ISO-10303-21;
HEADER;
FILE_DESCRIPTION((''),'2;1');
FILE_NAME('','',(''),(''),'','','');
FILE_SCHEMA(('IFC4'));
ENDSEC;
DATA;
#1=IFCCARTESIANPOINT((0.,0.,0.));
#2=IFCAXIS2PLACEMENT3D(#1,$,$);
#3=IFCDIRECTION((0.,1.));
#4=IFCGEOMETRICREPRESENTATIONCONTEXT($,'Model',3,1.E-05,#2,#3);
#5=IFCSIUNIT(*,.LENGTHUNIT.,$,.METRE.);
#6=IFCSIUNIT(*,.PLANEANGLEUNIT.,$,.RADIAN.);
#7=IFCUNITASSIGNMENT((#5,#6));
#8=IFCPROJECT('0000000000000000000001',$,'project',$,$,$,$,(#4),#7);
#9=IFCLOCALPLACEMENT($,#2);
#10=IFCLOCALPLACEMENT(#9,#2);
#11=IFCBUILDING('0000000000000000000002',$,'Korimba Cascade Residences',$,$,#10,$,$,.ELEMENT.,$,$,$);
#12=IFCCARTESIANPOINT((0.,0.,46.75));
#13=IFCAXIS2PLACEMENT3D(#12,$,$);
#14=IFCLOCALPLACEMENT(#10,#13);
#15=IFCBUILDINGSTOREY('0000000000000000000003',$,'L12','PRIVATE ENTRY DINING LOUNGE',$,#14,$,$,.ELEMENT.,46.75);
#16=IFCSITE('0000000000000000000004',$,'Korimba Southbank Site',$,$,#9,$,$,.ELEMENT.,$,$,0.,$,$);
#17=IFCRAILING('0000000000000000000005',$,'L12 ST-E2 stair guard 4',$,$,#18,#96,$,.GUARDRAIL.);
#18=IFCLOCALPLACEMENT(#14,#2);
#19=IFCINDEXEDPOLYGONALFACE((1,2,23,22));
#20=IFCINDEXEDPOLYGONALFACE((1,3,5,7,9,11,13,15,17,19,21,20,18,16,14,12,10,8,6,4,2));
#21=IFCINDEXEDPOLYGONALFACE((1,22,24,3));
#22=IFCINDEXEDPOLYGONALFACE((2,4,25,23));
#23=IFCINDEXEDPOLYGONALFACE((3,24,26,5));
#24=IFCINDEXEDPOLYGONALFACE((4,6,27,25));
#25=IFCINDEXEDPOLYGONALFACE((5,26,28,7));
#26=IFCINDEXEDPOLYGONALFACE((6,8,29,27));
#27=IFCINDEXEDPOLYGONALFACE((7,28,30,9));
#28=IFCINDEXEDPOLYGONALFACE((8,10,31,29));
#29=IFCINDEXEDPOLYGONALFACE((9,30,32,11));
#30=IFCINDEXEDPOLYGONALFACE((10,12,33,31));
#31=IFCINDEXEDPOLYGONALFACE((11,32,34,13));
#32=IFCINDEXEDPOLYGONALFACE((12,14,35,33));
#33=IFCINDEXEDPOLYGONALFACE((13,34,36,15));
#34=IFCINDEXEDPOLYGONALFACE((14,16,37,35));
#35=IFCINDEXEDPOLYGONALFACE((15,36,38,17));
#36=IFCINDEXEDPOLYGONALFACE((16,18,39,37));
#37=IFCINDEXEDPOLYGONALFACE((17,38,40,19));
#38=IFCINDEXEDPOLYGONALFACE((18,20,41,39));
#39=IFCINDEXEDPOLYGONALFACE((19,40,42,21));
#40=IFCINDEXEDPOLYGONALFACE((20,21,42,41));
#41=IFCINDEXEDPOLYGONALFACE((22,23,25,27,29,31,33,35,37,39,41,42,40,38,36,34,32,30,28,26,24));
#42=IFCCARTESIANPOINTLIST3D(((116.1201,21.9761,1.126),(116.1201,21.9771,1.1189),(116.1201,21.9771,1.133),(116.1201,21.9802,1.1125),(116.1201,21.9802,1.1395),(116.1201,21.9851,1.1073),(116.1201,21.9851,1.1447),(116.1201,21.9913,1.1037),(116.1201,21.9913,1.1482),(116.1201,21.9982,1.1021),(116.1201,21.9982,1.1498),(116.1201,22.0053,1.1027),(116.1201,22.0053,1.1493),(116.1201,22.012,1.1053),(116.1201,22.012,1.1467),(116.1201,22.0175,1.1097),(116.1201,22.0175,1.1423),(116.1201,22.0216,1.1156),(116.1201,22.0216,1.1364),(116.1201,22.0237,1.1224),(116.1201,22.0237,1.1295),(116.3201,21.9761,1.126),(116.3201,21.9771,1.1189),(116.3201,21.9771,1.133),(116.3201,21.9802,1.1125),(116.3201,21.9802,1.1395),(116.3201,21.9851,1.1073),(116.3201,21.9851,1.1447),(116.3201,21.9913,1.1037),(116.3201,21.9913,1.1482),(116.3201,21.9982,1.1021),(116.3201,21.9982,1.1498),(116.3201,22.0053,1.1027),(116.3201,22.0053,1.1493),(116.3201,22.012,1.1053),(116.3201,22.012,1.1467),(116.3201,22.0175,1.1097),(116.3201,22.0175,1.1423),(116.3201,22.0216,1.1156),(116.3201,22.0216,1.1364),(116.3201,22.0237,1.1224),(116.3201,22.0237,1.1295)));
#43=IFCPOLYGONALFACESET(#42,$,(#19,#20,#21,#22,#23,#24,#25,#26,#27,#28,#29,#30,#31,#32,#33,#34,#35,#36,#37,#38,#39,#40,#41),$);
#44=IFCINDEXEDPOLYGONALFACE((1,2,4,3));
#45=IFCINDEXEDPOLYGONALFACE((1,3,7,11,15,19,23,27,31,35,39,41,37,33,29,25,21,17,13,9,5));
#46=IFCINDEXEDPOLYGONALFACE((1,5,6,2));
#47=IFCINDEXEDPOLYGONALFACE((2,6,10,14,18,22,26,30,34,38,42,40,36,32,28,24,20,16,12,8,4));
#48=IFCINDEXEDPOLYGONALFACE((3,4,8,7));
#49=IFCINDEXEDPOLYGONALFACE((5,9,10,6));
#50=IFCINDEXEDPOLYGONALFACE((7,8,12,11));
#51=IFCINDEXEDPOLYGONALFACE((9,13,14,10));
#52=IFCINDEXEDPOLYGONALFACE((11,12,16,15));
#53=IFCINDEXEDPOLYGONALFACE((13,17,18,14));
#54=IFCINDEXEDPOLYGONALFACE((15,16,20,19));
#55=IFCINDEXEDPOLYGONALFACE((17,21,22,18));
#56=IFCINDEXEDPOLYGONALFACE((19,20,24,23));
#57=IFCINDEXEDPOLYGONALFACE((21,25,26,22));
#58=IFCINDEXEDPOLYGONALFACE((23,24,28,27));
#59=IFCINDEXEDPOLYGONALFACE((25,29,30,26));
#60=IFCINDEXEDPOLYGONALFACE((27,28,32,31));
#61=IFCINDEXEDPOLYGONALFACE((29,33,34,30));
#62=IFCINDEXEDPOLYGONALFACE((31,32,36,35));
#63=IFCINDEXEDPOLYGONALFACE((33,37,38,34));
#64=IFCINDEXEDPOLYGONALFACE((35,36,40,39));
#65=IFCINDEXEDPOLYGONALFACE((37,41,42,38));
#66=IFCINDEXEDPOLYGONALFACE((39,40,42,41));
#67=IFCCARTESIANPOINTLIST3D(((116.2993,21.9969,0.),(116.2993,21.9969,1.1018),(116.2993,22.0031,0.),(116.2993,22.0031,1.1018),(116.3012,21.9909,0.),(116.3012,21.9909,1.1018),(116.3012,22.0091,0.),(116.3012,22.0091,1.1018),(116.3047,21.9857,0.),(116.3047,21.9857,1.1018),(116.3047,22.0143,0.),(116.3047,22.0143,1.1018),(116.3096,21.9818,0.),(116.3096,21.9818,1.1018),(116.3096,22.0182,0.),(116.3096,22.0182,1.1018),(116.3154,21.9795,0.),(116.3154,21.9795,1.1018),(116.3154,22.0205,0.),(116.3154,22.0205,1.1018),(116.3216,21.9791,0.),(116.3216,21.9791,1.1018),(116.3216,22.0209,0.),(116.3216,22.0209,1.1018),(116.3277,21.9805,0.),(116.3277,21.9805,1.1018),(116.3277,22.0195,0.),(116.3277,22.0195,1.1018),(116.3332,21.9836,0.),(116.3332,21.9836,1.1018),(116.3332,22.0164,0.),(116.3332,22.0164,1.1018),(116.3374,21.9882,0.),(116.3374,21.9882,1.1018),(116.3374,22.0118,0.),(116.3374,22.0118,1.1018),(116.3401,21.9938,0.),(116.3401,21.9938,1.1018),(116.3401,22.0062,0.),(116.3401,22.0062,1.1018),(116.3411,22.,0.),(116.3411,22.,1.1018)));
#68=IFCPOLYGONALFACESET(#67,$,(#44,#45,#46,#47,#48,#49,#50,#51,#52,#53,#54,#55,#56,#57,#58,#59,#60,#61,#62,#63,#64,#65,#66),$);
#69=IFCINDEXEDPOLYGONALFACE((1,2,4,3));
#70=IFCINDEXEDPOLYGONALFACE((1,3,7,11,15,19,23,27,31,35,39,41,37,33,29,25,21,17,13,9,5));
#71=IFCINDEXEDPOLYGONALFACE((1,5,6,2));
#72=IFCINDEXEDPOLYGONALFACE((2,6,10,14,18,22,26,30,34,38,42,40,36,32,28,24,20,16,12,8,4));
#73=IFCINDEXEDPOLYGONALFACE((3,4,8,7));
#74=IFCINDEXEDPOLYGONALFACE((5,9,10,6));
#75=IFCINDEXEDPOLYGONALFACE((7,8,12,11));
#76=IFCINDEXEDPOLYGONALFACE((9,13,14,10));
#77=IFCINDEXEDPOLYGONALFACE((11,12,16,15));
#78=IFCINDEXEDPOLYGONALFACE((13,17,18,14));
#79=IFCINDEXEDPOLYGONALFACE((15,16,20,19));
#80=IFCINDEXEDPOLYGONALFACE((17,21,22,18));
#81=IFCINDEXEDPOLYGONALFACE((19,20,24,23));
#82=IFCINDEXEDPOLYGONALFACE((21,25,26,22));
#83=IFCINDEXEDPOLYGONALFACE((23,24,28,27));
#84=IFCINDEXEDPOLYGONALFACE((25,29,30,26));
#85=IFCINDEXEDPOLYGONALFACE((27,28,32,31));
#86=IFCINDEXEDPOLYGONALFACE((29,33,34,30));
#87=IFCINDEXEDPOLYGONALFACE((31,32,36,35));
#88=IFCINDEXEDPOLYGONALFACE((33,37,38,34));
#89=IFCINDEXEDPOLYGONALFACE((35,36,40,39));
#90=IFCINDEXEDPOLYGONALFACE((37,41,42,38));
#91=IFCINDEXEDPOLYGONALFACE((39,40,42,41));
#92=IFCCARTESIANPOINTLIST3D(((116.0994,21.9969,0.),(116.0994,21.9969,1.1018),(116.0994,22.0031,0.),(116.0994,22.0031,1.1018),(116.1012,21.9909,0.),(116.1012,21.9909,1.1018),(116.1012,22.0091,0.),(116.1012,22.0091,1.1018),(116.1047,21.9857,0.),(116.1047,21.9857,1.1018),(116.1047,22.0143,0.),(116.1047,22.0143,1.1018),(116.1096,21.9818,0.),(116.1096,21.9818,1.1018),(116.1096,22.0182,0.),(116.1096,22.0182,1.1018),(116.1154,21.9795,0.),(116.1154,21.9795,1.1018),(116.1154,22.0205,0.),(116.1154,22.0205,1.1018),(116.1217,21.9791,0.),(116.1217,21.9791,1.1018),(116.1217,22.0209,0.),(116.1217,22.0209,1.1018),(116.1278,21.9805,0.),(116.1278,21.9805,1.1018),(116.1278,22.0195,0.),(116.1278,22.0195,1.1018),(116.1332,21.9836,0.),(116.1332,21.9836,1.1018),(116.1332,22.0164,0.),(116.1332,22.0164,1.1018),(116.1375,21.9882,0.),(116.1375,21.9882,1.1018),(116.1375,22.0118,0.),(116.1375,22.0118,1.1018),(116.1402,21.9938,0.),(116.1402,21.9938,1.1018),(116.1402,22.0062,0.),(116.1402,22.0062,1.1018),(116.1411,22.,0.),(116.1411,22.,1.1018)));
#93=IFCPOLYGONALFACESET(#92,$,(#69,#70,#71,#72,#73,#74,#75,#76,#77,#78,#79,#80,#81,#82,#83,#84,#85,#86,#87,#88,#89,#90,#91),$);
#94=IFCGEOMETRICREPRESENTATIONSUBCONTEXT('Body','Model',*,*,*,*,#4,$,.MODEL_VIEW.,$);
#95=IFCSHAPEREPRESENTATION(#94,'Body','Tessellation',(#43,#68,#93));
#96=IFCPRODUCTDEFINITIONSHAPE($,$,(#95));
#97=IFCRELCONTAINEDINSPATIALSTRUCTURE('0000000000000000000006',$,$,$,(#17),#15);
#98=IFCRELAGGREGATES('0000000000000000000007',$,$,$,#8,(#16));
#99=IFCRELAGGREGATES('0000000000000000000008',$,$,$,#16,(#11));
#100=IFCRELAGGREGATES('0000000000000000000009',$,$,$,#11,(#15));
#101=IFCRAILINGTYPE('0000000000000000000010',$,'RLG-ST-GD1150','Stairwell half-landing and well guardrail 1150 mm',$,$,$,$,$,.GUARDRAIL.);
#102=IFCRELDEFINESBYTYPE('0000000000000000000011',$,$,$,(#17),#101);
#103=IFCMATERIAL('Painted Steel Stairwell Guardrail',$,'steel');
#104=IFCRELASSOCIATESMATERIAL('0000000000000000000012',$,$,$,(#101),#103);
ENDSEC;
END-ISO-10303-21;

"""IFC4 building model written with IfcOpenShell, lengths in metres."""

from ifc_helpers import new_model, si_unit, direction, frame, origin, origin_2d, place, context, subcontext, project, spatial, circle, extrude, material, type_object, element, save


model = new_model("IFC4")

# Units and contexts
model_context = context("Model", 3, precision=1e-05, world=origin(), true_north=direction((0.0, 1.0)))
body_context = subcontext(model_context, "Body", "Model", "MODEL_VIEW")
ifc_project = project(units=[si_unit("LENGTHUNIT", "METRE"), si_unit("PLANEANGLEUNIT", "RADIAN")], contexts=[model_context])

# Site, building, storey
site_placement = place(None, origin())
site = spatial("IfcSite", under=ifc_project, at=site_placement, Name="Korimba Southbank Site", CompositionType="ELEMENT", RefElevation=0.0)
building_placement = place(site_placement, origin())
building = spatial("IfcBuilding", under=site, at=building_placement, Name="Korimba Cascade Residences", CompositionType="ELEMENT")
storey_placement = place(building_placement, frame((0.0, 0.0, 46.75)))
storey = spatial("IfcBuildingStorey", under=building, at=storey_placement, Name="L12", Description="PRIVATE ENTRY DINING LOUNGE", CompositionType="ELEMENT", Elevation=46.75)

# Railing
ifc_material_1 = material(Name="Painted Steel Stairwell Guardrail", Category="steel")
railing_type_1 = type_object("IfcRailingType", Name="RLG-ST-GD1150", Description="Stairwell half-landing and well guardrail 1150 mm", PredefinedType="GUARDRAIL", material=ifc_material_1)
railing_1_placement = place(storey_placement, frame((116.3201, 22.0, 0.0)))
element("IfcRailing", 1, at=railing_1_placement, inside=storey, type_object=railing_type_1, Name="L12 ST-E2 stair guard 4", PredefinedType="GUARDRAIL", context=body_context, shape_type="SweptSolid", body=[
    extrude(circle(Radius=0.0239, at=origin_2d()), frame((0.0, 0.0, 1.126), z_axis=(-1.0, 0.0, 0.0), x_axis=(0.0, -1.0, 0.0)), (0.0, 0.0, 1.0), 0.2),
    extrude(circle(Radius=0.021, at=origin_2d()), origin(), (0.0, 0.0, 1.0), 1.1018),
    extrude(circle(Radius=0.021, at=origin_2d()), frame((-0.2, 0.0, 0.0)), (0.0, 0.0, 1.0), 1.1018),
])

save(model, "model.ifc")
